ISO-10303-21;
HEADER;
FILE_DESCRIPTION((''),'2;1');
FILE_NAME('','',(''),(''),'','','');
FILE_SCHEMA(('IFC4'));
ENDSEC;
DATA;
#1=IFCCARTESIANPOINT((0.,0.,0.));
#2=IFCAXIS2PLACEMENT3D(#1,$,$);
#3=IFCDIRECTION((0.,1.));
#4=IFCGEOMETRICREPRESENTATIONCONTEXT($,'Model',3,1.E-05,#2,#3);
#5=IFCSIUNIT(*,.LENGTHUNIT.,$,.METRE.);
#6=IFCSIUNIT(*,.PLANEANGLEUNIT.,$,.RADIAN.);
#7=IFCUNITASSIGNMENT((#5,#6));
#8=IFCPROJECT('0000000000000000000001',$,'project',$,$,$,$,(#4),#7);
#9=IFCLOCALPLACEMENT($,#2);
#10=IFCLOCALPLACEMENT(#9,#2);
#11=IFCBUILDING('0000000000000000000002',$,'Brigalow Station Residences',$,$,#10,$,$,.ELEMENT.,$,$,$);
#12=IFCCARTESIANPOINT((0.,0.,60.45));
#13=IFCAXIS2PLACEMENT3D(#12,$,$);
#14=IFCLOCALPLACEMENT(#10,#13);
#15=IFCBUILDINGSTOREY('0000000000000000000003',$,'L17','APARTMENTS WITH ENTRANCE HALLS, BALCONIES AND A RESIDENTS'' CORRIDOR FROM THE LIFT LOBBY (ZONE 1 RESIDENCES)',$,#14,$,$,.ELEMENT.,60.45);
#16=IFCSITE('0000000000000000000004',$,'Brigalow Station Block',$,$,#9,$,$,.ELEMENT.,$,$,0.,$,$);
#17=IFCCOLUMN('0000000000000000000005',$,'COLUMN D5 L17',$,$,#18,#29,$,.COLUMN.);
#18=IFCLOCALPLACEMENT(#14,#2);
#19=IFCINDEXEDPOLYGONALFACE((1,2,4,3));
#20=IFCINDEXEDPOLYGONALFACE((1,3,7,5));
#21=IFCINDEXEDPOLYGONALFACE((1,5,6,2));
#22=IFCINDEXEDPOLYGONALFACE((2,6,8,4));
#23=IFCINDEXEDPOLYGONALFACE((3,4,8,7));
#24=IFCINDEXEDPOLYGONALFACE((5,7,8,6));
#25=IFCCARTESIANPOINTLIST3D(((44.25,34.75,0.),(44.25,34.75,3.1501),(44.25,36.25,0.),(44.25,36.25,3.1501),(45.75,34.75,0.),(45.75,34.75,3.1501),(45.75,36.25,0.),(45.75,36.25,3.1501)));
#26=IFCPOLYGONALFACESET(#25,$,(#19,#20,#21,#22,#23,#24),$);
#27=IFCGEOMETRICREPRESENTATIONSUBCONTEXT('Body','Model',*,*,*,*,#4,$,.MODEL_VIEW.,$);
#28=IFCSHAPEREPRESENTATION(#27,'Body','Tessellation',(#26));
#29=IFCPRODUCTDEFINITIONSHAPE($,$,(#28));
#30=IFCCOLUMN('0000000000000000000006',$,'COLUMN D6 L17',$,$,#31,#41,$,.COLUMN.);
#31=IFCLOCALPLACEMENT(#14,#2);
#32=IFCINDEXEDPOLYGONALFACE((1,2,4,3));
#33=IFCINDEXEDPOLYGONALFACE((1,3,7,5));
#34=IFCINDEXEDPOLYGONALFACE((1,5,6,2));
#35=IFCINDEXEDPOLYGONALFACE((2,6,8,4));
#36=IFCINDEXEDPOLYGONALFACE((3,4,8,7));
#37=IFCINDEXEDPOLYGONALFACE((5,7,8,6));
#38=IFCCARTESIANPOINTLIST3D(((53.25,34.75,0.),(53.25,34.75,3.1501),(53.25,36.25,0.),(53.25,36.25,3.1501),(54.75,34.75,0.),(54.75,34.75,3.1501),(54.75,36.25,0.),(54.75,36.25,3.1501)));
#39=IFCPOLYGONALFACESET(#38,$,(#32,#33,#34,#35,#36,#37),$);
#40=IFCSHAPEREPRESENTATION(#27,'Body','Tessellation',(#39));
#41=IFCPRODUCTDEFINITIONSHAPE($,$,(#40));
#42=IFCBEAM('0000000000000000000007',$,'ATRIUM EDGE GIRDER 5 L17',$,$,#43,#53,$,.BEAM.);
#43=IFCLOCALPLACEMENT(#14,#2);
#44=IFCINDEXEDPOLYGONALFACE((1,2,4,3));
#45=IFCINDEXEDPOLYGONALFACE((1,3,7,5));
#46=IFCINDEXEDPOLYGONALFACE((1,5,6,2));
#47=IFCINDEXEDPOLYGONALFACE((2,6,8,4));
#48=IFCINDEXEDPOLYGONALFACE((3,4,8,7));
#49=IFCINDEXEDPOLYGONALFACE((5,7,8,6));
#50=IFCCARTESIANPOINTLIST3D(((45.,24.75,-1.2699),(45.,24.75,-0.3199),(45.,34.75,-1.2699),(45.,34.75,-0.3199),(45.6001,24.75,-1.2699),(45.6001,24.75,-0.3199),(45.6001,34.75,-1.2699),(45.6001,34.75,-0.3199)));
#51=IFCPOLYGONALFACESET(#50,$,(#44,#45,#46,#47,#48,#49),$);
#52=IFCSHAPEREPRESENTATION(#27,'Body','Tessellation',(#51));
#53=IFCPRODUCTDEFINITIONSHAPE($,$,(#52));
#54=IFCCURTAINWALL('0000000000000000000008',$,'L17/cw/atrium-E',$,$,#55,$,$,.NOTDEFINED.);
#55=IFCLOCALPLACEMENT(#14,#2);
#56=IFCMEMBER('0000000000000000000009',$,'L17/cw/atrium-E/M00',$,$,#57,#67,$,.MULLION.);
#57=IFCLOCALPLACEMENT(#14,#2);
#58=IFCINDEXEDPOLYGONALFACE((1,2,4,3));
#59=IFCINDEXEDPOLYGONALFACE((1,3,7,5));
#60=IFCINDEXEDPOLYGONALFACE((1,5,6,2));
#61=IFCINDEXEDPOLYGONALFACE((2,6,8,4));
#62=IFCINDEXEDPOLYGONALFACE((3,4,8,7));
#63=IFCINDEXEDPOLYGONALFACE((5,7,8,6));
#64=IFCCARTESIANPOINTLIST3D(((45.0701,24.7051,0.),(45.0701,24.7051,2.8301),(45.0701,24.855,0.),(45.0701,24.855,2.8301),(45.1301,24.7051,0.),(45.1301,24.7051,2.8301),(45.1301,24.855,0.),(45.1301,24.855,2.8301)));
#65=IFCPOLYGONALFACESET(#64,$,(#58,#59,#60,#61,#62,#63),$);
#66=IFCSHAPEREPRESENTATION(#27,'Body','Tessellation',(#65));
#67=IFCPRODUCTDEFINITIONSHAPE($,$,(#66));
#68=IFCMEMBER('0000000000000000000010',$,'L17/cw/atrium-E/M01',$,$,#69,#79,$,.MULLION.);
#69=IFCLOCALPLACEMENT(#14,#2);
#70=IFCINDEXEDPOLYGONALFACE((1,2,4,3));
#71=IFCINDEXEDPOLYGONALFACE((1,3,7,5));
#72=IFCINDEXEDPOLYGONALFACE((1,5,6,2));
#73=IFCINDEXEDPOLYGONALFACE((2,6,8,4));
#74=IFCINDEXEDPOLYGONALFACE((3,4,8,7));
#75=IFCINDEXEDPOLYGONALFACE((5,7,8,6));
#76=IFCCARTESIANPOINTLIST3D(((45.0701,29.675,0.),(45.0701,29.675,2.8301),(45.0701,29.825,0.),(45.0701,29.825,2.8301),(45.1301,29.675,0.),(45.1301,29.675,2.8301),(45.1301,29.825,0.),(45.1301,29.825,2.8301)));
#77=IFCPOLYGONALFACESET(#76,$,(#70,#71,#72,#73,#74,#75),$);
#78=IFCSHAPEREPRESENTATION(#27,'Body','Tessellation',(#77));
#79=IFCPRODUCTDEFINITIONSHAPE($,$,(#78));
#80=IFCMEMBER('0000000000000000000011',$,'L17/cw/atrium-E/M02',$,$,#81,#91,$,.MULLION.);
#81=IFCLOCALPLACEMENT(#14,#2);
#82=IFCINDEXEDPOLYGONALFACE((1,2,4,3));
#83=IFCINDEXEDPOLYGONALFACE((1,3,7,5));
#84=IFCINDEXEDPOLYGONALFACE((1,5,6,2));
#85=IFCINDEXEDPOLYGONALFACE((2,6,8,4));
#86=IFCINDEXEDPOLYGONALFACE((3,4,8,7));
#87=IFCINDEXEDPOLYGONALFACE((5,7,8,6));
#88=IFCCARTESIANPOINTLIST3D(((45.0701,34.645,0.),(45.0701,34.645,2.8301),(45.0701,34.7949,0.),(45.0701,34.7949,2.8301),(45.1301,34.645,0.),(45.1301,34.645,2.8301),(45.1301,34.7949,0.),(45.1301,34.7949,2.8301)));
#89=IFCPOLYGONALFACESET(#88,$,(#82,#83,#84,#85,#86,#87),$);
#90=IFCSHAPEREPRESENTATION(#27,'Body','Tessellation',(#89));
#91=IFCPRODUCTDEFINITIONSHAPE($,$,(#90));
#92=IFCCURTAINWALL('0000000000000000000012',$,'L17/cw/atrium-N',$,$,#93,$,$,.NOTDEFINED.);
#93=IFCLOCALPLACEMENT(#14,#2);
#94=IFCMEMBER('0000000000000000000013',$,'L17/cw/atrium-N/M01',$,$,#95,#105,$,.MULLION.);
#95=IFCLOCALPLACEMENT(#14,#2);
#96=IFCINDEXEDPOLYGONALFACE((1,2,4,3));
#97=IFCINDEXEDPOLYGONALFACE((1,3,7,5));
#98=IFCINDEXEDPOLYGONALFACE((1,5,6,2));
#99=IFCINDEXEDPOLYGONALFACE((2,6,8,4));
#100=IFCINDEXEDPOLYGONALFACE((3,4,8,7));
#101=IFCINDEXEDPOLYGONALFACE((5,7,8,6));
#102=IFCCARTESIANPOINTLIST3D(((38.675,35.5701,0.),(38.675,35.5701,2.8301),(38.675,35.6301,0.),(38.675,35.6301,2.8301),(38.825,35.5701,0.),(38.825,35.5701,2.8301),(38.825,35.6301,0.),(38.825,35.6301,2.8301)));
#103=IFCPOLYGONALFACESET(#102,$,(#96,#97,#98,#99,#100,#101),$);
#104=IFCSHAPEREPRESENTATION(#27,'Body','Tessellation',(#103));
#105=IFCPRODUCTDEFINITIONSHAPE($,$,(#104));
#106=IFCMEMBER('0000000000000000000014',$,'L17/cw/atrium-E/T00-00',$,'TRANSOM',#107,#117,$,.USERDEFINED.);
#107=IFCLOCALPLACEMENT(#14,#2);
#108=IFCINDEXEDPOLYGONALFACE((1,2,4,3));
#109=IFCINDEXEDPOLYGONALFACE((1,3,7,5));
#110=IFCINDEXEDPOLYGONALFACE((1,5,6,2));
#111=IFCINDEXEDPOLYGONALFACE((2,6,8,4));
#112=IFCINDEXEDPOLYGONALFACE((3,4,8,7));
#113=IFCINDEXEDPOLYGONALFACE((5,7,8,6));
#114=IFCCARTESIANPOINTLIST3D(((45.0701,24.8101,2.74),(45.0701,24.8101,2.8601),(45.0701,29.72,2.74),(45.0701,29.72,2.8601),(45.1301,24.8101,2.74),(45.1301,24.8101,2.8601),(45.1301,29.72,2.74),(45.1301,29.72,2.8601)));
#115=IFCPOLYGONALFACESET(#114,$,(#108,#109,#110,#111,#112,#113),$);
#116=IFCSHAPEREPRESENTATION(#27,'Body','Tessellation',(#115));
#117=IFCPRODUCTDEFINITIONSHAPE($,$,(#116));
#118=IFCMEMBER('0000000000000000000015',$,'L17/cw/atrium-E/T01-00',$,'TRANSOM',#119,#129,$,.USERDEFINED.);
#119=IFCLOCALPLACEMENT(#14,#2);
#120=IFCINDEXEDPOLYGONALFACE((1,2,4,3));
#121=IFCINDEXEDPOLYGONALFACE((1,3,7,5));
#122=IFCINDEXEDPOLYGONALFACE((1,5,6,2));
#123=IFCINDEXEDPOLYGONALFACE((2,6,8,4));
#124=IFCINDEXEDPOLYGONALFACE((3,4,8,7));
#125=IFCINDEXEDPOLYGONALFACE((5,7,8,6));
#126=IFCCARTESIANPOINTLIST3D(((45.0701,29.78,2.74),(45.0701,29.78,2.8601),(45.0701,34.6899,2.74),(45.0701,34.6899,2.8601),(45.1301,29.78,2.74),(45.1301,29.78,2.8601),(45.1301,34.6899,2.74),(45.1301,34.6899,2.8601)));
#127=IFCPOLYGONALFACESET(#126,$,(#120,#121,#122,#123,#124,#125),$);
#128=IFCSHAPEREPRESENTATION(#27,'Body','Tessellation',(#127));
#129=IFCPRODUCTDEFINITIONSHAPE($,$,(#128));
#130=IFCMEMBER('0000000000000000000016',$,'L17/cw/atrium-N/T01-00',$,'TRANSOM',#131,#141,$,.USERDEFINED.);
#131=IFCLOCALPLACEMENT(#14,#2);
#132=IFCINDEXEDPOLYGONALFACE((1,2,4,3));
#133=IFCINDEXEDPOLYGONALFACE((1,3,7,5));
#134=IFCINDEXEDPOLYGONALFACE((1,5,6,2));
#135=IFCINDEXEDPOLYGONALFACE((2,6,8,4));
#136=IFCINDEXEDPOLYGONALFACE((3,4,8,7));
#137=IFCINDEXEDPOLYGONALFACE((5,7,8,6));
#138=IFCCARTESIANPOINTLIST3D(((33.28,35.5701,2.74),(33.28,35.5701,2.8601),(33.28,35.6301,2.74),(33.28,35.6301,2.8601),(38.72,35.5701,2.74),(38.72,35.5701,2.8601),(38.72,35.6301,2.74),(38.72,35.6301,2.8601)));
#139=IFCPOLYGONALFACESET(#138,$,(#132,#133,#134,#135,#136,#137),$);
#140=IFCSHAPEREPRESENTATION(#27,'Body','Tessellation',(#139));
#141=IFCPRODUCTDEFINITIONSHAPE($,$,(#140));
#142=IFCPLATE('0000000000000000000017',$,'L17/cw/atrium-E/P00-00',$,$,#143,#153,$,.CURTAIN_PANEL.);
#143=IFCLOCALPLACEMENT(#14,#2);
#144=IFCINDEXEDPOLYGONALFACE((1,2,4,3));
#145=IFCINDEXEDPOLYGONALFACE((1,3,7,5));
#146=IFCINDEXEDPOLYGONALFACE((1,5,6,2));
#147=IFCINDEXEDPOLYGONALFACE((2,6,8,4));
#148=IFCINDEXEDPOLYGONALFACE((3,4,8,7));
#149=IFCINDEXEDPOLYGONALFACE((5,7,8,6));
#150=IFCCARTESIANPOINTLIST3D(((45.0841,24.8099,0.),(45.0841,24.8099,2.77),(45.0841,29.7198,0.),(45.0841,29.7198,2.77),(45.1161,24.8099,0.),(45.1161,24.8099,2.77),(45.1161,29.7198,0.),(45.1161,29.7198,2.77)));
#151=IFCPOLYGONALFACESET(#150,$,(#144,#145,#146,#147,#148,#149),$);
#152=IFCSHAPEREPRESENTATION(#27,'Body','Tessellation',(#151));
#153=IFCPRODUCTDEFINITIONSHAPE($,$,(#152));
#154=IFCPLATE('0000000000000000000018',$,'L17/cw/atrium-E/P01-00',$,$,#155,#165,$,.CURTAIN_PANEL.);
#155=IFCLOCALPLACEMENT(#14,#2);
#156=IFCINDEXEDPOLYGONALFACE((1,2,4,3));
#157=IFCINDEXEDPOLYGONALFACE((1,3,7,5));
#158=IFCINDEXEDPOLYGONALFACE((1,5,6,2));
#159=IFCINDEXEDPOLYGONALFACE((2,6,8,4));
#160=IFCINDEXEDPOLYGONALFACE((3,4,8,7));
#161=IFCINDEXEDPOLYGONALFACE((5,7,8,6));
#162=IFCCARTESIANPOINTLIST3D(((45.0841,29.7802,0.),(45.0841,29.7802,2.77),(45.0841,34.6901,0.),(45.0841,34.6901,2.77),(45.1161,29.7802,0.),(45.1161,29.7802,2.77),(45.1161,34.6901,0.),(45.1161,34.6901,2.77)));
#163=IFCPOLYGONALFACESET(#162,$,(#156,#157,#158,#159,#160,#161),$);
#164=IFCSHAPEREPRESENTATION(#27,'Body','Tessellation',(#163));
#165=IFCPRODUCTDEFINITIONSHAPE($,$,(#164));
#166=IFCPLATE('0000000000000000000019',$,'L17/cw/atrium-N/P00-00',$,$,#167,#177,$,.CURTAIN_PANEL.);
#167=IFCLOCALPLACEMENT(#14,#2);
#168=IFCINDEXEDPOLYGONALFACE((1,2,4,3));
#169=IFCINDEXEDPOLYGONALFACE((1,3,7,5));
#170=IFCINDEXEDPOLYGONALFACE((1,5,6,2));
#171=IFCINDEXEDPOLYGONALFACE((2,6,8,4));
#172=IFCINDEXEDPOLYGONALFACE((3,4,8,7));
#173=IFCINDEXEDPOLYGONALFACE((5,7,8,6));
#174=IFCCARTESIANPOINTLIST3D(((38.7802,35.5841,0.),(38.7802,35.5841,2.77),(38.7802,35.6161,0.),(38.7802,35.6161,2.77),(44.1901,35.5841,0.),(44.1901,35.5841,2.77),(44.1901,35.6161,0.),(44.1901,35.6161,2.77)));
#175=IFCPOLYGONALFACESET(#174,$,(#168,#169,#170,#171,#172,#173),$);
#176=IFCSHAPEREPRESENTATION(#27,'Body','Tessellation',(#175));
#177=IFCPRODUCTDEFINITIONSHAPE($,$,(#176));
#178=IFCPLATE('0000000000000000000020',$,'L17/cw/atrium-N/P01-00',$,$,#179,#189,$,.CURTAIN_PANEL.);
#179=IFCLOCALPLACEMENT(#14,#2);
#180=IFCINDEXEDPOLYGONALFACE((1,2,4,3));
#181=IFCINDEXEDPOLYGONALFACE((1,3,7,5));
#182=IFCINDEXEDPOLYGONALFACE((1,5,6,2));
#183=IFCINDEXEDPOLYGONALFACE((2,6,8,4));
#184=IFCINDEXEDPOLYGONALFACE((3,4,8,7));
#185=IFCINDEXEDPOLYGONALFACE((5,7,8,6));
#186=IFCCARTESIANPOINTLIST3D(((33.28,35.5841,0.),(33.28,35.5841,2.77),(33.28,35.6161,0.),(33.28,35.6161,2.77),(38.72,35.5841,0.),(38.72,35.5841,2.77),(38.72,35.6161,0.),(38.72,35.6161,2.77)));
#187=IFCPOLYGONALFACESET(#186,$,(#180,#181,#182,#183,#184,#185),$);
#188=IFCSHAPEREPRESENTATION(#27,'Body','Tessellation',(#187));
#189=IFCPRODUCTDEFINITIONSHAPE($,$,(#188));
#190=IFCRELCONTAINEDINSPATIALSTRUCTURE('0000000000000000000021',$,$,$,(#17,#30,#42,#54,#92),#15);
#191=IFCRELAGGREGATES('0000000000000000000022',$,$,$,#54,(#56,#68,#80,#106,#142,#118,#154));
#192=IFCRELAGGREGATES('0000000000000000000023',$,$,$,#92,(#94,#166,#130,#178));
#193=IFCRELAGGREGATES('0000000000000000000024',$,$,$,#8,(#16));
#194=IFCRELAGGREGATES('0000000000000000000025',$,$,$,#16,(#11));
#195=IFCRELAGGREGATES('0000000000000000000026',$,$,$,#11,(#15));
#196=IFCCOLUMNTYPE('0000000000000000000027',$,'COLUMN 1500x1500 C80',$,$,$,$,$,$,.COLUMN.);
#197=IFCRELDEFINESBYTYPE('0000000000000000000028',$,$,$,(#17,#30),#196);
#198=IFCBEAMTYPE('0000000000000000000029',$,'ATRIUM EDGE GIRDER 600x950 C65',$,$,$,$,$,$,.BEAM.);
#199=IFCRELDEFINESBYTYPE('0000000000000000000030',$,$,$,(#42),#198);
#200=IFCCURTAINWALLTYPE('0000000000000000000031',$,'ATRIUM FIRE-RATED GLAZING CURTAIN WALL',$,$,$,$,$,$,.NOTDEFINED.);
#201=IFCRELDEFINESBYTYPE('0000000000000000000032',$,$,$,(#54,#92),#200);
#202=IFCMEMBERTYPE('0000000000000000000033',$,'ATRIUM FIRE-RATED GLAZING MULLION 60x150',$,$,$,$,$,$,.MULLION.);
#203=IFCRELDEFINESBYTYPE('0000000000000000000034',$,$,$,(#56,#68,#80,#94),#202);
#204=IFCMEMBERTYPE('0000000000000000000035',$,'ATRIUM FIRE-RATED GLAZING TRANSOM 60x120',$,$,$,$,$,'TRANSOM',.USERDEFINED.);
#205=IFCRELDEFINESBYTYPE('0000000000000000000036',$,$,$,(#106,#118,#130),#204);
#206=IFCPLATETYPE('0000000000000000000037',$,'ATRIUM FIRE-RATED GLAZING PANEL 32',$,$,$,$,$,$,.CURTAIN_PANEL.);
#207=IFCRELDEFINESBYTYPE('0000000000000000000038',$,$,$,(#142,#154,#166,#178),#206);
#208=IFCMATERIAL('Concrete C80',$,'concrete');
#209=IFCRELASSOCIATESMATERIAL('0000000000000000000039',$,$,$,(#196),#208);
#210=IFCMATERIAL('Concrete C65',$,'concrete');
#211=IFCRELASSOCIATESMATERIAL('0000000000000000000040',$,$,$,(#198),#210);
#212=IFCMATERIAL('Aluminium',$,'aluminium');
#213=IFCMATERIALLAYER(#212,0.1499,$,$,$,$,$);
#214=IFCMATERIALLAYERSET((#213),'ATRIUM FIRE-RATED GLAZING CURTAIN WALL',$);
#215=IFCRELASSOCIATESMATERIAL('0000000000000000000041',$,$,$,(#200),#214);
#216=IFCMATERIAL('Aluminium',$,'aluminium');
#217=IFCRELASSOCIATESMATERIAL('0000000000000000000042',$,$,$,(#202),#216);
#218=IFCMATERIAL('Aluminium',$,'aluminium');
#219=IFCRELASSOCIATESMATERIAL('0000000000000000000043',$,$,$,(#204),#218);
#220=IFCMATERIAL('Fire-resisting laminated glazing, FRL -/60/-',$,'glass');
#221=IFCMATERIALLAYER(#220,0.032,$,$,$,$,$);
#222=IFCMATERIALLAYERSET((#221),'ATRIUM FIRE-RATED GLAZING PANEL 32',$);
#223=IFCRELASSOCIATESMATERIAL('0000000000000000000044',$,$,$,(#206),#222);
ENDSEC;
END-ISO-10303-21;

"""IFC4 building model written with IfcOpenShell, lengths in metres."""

from ifc_helpers import new_model, si_unit, direction, frame, origin, origin_2d, place, context, subcontext, project, spatial, rectangle, extrude, material, layer, layer_set, material_profile, profile_set, type_object, element, aggregate, save


model = new_model("IFC4")

# Units and contexts
model_context = context("Model", 3, precision=1e-05, world=origin(), true_north=direction((0.0, 1.0)))
body_context = subcontext(model_context, "Body", "Model", "MODEL_VIEW")
ifc_project = project(units=[si_unit("LENGTHUNIT", "METRE"), si_unit("PLANEANGLEUNIT", "RADIAN")], contexts=[model_context])

# Site, building, storey
site_placement = place(None, origin())
site = spatial("IfcSite", under=ifc_project, at=site_placement, Name="Brigalow Station Block", CompositionType="ELEMENT", RefElevation=0.0)
building_placement = place(site_placement, origin())
building = spatial("IfcBuilding", under=site, at=building_placement, Name="Brigalow Station Residences", CompositionType="ELEMENT")
storey_placement = place(building_placement, frame((0.0, 0.0, 60.45)))
storey = spatial("IfcBuildingStorey", under=building, at=storey_placement, Name="L17", Description="APARTMENTS WITH ENTRANCE HALLS, BALCONIES AND A RESIDENTS' CORRIDOR FROM THE LIFT LOBBY (ZONE 1 RESIDENCES)", CompositionType="ELEMENT", Elevation=60.45)

# Columns
ifc_material_1 = material(Name="Concrete C80", Category="concrete")
ifc_material_profile_1 = material_profile(ifc_material_1, rectangle(XDim=1.5, YDim=1.5, at=origin_2d()), Name="RC1500x1500")
ifc_profile_set_1 = profile_set([ifc_material_profile_1], Name="Concrete C80")
column_type = type_object("IfcColumnType", Name="COLUMN 1500x1500 C80", PredefinedType="COLUMN", material=ifc_profile_set_1)
for number, where, z_axis, x_axis, name in (
    (1, (45.0, 35.5, 0.0), (0.0, 0.0, 1.0), (1.0, 0.0, 0.0), "COLUMN D5 L17"),
    (2, (54.0, 35.5, 0.0), (0.0, 0.0, 1.0), (1.0, 0.0, 0.0), "COLUMN D6 L17"),
):
    element("IfcColumn", number, at=place(storey_placement, frame(where, z_axis=z_axis, x_axis=x_axis)), inside=storey, type_object=column_type, Name=name, PredefinedType="COLUMN", context=body_context, shape_type="SweptSolid", body=[
        extrude(rectangle(XDim=1.5, YDim=1.5, at=origin_2d()), origin(), (0.0, 0.0, 1.0), 3.1501),
    ])

# Beam
ifc_material_2 = material(Name="Concrete C65", Category="concrete")
ifc_material_profile_2 = material_profile(ifc_material_2, rectangle(XDim=0.6001, YDim=0.95, at=origin_2d()), Name="RC600x950")
ifc_profile_set_2 = profile_set([ifc_material_profile_2], Name="Concrete C65")
beam_type = type_object("IfcBeamType", Name="ATRIUM EDGE GIRDER 600x950 C65", PredefinedType="BEAM", material=ifc_profile_set_2)
beam_placement = place(storey_placement, frame((45.3, 24.75, -0.7949), z_axis=(0.0, 1.0, 0.0), x_axis=(-1.0, 0.0, 0.0)))
element("IfcBeam", 3, at=beam_placement, inside=storey, type_object=beam_type, Name="ATRIUM EDGE GIRDER 5 L17", PredefinedType="BEAM", context=body_context, shape_type="SweptSolid", body=[
    extrude(rectangle(XDim=0.6001, YDim=0.95, at=origin_2d()), origin(), (0.0, 0.0, 1.0), 10.0),
])

# Curtain wall, members
ifc_material_3 = material(Name="Aluminium", Category="aluminium")
ifc_layer_1 = layer(ifc_material_3, 0.1499)
ifc_layer_set_1 = layer_set([ifc_layer_1], Name="ATRIUM FIRE-RATED GLAZING CURTAIN WALL")
curtain_wall_type = type_object("IfcCurtainWallType", Name="ATRIUM FIRE-RATED GLAZING CURTAIN WALL", PredefinedType="NOTDEFINED", material=ifc_layer_set_1)
curtain_wall_1_placement = place(storey_placement, origin())
curtain_wall_1 = element("IfcCurtainWall", 4, at=curtain_wall_1_placement, inside=storey, type_object=curtain_wall_type, Name="L17/cw/atrium-E", PredefinedType="NOTDEFINED")
ifc_material_4 = material(Name="Aluminium", Category="aluminium")
ifc_material_profile_3 = material_profile(ifc_material_4, rectangle(XDim=0.0601, YDim=0.1499, at=origin_2d()), Name="ATRIUM FIRE-RATED GLAZING MULLION 60x150")
ifc_profile_set_3 = profile_set([ifc_material_profile_3], Name="Aluminium")
member_type_1 = type_object("IfcMemberType", Name="ATRIUM FIRE-RATED GLAZING MULLION 60x150", PredefinedType="MULLION", material=ifc_profile_set_3)
member_1_placement = place(storey_placement, frame((45.1001, 24.78, 0.0), z_axis=(0.0, 0.0, 1.0), x_axis=(-1.0, 0.0, 0.0)))
member_1 = element("IfcMember", 5, at=member_1_placement, type_object=member_type_1, Name="L17/cw/atrium-E/M00", PredefinedType="MULLION", context=body_context, shape_type="SweptSolid", body=[
    extrude(rectangle(XDim=0.0601, YDim=0.1499, at=origin_2d()), origin(), (0.0, 0.0, 1.0), 2.8301),
])
member_2_placement = place(storey_placement, frame((45.1001, 29.75, 0.0), z_axis=(0.0, 0.0, 1.0), x_axis=(-1.0, 0.0, 0.0)))
member_2 = element("IfcMember", 6, at=member_2_placement, type_object=member_type_1, Name="L17/cw/atrium-E/M01", PredefinedType="MULLION", context=body_context, shape_type="SweptSolid", body=[
    extrude(rectangle(XDim=0.0601, YDim=0.1499, at=origin_2d()), origin(), (0.0, 0.0, 1.0), 2.8301),
])
member_3_placement = place(storey_placement, frame((45.1001, 34.72, 0.0), z_axis=(0.0, 0.0, 1.0), x_axis=(-1.0, 0.0, 0.0)))
member_3 = element("IfcMember", 7, at=member_3_placement, type_object=member_type_1, Name="L17/cw/atrium-E/M02", PredefinedType="MULLION", context=body_context, shape_type="SweptSolid", body=[
    extrude(rectangle(XDim=0.0601, YDim=0.1499, at=origin_2d()), origin(), (0.0, 0.0, 1.0), 2.8301),
])

# Curtain wall, member
curtain_wall_2_placement = place(storey_placement, origin())
curtain_wall_2 = element("IfcCurtainWall", 8, at=curtain_wall_2_placement, inside=storey, type_object=curtain_wall_type, Name="L17/cw/atrium-N", PredefinedType="NOTDEFINED")
member_4_placement = place(storey_placement, frame((38.75, 35.6001, 0.0), z_axis=(0.0, 0.0, 1.0), x_axis=(0.0, -1.0, 0.0)))
member_4 = element("IfcMember", 9, at=member_4_placement, type_object=member_type_1, Name="L17/cw/atrium-N/M01", PredefinedType="MULLION", context=body_context, shape_type="SweptSolid", body=[
    extrude(rectangle(XDim=0.0601, YDim=0.1499, at=origin_2d()), origin(), (0.0, 0.0, 1.0), 2.8301),
])

# Members
ifc_material_5 = material(Name="Aluminium", Category="aluminium")
ifc_material_profile_4 = material_profile(ifc_material_5, rectangle(XDim=0.0601, YDim=0.1201, at=origin_2d()), Name="ATRIUM FIRE-RATED GLAZING TRANSOM 60x120")
ifc_profile_set_4 = profile_set([ifc_material_profile_4], Name="Aluminium")
member_type_2 = type_object("IfcMemberType", Name="ATRIUM FIRE-RATED GLAZING TRANSOM 60x120", ElementType="TRANSOM", PredefinedType="USERDEFINED", material=ifc_profile_set_4)
member_5_placement = place(storey_placement, frame((45.1001, 24.8101, 2.8), z_axis=(0.0, 1.0, 0.0), x_axis=(-1.0, 0.0, 0.0)))
member_5 = element("IfcMember", 10, at=member_5_placement, type_object=member_type_2, Name="L17/cw/atrium-E/T00-00", ObjectType="TRANSOM", PredefinedType="USERDEFINED", context=body_context, shape_type="SweptSolid", body=[
    extrude(rectangle(XDim=0.0601, YDim=0.1201, at=origin_2d()), origin(), (0.0, 0.0, 1.0), 4.9099),
])
member_6_placement = place(storey_placement, frame((45.1001, 29.78, 2.8), z_axis=(0.0, 1.0, 0.0), x_axis=(-1.0, 0.0, 0.0)))
member_6 = element("IfcMember", 11, at=member_6_placement, type_object=member_type_2, Name="L17/cw/atrium-E/T01-00", ObjectType="TRANSOM", PredefinedType="USERDEFINED", context=body_context, shape_type="SweptSolid", body=[
    extrude(rectangle(XDim=0.0601, YDim=0.1201, at=origin_2d()), origin(), (0.0, 0.0, 1.0), 4.9099),
])
member_7_placement = place(storey_placement, frame((38.72, 35.6001, 2.8), z_axis=(-1.0, 0.0, 0.0), x_axis=(0.0, -1.0, 0.0)))
member_7 = element("IfcMember", 12, at=member_7_placement, type_object=member_type_2, Name="L17/cw/atrium-N/T01-00", ObjectType="TRANSOM", PredefinedType="USERDEFINED", context=body_context, shape_type="SweptSolid", body=[
    extrude(rectangle(XDim=0.0601, YDim=0.1201, at=origin_2d()), origin(), (0.0, 0.0, 1.0), 5.4399),
])

# Plates
ifc_material_6 = material(Name="Fire-resisting laminated glazing, FRL -/60/-", Category="glass")
ifc_layer_2 = layer(ifc_material_6, 0.032)
ifc_layer_set_2 = layer_set([ifc_layer_2], Name="ATRIUM FIRE-RATED GLAZING PANEL 32")
plate_type = type_object("IfcPlateType", Name="ATRIUM FIRE-RATED GLAZING PANEL 32", PredefinedType="CURTAIN_PANEL", material=ifc_layer_set_2)
plate_1_placement = place(storey_placement, frame((45.1001, 27.2649, 0.0), z_axis=(0.0, 0.0, 1.0), x_axis=(0.0, 1.0, 0.0)))
plate_1 = element("IfcPlate", 13, at=plate_1_placement, type_object=plate_type, Name="L17/cw/atrium-E/P00-00", PredefinedType="CURTAIN_PANEL", context=body_context, shape_type="SweptSolid", body=[
    extrude(rectangle(XDim=4.9099, YDim=0.032, at=origin_2d()), origin(), (0.0, 0.0, 1.0), 2.77),
])
plate_2_placement = place(storey_placement, frame((45.1001, 32.2351, 0.0), z_axis=(0.0, 0.0, 1.0), x_axis=(0.0, 1.0, 0.0)))
plate_2 = element("IfcPlate", 14, at=plate_2_placement, type_object=plate_type, Name="L17/cw/atrium-E/P01-00", PredefinedType="CURTAIN_PANEL", context=body_context, shape_type="SweptSolid", body=[
    extrude(rectangle(XDim=4.9099, YDim=0.032, at=origin_2d()), origin(), (0.0, 0.0, 1.0), 2.77),
])
aggregate(curtain_wall_1, [member_1, member_2, member_3, member_5, plate_1, member_6, plate_2])
plate_3_placement = place(storey_placement, frame((41.4851, 35.6001, 0.0), z_axis=(0.0, 0.0, 1.0), x_axis=(-1.0, 0.0, 0.0)))
plate_3 = element("IfcPlate", 15, at=plate_3_placement, type_object=plate_type, Name="L17/cw/atrium-N/P00-00", PredefinedType="CURTAIN_PANEL", context=body_context, shape_type="SweptSolid", body=[
    extrude(rectangle(XDim=5.4099, YDim=0.032, at=origin_2d()), origin(), (0.0, 0.0, 1.0), 2.77),
])
plate_4_placement = place(storey_placement, frame((36.0, 35.6001, 0.0), z_axis=(0.0, 0.0, 1.0), x_axis=(-1.0, 0.0, 0.0)))
plate_4 = element("IfcPlate", 16, at=plate_4_placement, type_object=plate_type, Name="L17/cw/atrium-N/P01-00", PredefinedType="CURTAIN_PANEL", context=body_context, shape_type="SweptSolid", body=[
    extrude(rectangle(XDim=5.4399, YDim=0.032, at=origin_2d()), origin(), (0.0, 0.0, 1.0), 2.77),
])
aggregate(curtain_wall_2, [member_4, plate_3, member_7, plate_4])

save(model, "model.ifc")
